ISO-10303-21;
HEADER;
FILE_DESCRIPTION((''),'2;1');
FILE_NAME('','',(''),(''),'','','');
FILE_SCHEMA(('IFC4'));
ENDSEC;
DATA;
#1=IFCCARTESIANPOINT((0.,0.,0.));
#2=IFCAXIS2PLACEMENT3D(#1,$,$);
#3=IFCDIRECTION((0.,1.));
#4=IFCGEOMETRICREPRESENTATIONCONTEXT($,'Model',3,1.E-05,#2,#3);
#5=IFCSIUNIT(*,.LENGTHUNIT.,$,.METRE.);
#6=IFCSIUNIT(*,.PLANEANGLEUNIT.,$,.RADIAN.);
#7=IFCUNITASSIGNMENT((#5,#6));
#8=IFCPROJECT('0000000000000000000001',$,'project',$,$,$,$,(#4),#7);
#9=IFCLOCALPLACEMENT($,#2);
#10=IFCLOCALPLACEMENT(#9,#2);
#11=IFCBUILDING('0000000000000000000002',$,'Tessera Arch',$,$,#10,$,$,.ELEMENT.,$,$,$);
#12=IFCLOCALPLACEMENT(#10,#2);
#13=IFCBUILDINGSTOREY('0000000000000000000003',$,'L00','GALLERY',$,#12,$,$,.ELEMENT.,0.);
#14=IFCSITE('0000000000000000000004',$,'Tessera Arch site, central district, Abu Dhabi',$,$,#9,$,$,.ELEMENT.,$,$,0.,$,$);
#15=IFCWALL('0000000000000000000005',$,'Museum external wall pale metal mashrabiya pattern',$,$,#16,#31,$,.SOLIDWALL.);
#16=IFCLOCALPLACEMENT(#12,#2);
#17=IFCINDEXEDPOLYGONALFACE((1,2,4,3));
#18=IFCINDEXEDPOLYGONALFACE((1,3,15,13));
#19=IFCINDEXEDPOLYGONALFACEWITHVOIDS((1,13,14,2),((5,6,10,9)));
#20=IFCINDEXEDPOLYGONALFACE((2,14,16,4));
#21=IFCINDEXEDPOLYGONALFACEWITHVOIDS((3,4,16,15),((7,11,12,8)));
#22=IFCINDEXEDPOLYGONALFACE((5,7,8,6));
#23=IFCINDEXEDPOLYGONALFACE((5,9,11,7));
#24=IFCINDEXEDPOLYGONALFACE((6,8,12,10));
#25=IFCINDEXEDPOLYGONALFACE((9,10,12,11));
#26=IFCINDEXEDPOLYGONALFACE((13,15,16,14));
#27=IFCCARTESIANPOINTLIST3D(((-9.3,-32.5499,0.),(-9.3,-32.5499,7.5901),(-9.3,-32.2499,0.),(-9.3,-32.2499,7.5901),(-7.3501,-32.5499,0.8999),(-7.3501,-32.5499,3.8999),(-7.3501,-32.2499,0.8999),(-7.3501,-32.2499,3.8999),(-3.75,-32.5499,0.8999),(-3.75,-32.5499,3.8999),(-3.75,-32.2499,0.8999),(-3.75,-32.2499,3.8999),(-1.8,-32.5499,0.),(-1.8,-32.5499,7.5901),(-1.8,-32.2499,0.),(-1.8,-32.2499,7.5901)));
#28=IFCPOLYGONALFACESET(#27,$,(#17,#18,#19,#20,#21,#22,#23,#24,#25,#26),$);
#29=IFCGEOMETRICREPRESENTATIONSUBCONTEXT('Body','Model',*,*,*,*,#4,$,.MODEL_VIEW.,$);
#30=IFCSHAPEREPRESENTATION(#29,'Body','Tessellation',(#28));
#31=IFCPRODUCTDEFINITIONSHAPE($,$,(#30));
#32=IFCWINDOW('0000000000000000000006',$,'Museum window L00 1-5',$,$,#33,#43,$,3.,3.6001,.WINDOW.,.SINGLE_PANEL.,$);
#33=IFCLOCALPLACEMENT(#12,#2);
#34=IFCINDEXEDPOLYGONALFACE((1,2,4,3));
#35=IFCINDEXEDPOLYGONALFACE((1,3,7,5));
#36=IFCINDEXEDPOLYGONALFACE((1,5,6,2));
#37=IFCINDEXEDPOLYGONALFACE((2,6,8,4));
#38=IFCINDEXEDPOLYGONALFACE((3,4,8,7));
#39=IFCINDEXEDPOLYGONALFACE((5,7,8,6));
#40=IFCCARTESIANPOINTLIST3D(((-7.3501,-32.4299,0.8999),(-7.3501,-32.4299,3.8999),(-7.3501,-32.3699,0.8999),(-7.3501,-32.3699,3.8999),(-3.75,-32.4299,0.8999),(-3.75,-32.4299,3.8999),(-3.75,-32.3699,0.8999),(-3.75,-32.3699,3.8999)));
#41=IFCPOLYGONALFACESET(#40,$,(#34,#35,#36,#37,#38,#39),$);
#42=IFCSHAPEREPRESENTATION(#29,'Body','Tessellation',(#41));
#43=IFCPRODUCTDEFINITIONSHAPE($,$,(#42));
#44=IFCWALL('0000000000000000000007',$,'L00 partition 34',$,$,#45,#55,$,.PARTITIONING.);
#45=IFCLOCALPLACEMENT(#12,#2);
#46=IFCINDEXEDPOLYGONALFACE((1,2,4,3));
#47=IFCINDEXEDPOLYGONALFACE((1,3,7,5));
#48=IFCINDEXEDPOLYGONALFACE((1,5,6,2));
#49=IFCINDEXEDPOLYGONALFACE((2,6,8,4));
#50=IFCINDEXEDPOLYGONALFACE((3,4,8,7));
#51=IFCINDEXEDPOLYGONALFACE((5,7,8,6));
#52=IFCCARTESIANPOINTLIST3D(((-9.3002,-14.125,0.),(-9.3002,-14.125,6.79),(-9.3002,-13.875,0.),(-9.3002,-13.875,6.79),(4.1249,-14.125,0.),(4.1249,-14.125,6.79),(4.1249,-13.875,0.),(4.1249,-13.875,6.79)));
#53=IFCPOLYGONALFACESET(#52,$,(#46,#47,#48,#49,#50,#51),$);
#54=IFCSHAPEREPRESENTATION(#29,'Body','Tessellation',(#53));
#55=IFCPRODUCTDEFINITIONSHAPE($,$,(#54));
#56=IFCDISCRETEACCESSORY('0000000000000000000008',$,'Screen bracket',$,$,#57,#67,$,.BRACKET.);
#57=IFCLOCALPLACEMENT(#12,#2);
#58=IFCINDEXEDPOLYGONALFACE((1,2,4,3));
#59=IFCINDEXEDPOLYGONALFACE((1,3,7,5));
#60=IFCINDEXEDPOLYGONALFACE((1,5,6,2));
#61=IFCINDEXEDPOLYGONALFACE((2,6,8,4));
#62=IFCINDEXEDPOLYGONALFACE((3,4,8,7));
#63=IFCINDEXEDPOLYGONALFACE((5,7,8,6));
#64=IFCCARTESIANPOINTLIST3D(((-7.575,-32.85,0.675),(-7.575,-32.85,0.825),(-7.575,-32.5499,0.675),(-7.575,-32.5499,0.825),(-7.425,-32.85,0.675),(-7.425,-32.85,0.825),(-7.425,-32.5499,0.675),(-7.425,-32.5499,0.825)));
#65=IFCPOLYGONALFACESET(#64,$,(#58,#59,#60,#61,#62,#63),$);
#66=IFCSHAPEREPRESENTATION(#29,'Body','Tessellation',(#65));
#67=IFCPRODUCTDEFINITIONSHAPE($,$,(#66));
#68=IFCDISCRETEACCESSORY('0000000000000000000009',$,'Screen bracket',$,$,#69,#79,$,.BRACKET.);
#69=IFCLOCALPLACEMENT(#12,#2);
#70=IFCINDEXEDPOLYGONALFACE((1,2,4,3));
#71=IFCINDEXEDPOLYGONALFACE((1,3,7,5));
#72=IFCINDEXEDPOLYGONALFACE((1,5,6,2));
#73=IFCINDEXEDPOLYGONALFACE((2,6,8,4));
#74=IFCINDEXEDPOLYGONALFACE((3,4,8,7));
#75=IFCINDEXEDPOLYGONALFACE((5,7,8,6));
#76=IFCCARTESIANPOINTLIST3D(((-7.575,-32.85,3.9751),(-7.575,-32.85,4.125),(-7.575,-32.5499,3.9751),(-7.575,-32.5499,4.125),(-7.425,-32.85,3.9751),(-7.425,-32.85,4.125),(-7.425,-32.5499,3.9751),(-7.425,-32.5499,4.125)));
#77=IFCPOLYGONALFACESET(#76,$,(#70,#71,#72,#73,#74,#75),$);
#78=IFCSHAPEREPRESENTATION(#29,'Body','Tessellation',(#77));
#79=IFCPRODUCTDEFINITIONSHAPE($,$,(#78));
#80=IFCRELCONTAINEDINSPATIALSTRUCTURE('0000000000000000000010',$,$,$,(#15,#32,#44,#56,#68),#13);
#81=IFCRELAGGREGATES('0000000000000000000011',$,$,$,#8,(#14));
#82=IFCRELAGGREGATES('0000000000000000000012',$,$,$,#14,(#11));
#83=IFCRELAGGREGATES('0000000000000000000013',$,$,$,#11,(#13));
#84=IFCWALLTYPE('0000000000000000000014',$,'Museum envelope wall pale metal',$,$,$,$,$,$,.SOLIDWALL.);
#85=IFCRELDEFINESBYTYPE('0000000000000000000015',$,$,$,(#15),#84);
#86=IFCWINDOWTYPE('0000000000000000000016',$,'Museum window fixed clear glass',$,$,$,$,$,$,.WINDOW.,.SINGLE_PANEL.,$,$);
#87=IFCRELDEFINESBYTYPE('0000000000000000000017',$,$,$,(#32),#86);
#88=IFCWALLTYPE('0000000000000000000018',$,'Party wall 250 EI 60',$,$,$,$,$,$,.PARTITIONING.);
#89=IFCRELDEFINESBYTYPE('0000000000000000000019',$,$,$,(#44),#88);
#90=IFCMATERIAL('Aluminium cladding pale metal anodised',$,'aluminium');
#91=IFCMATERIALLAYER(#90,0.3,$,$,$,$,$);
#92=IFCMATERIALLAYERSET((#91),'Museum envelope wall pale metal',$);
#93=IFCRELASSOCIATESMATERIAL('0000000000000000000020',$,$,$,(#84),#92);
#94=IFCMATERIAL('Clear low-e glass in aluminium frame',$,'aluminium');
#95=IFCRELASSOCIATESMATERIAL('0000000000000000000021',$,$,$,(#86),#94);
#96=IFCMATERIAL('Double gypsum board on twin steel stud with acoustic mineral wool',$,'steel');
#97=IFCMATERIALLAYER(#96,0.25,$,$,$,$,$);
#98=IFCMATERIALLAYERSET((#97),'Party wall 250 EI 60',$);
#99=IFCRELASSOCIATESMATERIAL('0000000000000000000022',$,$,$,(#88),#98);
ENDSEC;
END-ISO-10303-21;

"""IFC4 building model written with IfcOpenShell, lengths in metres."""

from ifc_helpers import new_model, si_unit, direction, frame, frame_2d, origin, origin_2d, place, context, subcontext, project, spatial, rectangle, extrude, material, layer, layer_set, type_object, element, fill, save


model = new_model("IFC4")

# Units and contexts
model_context = context("Model", 3, precision=1e-05, world=origin(), true_north=direction((0.0, 1.0)))
body_context = subcontext(model_context, "Body", "Model", "MODEL_VIEW")
ifc_project = project(units=[si_unit("LENGTHUNIT", "METRE"), si_unit("PLANEANGLEUNIT", "RADIAN")], contexts=[model_context])

# Site, building, storey
site_placement = place(None, origin())
site = spatial("IfcSite", under=ifc_project, at=site_placement, Name="Tessera Arch site, central district, Abu Dhabi", CompositionType="ELEMENT", RefElevation=0.0)
building_placement = place(site_placement, origin())
building = spatial("IfcBuilding", under=site, at=building_placement, Name="Tessera Arch", CompositionType="ELEMENT")
storey_placement = place(building_placement, origin())
storey = spatial("IfcBuildingStorey", under=building, at=storey_placement, Name="L00", Description="GALLERY", CompositionType="ELEMENT", Elevation=0.0)

# Shared definitions
ifc_material_1 = material(Name="Aluminium cladding pale metal anodised", Category="aluminium")
ifc_layer_1 = layer(ifc_material_1, 0.3)
ifc_layer_set_1 = layer_set([ifc_layer_1], Name="Museum envelope wall pale metal")
wall_type_1 = type_object("IfcWallType", Name="Museum envelope wall pale metal", PredefinedType="SOLIDWALL", material=ifc_layer_set_1)

# Wall, opening, window
wall_1_placement = place(storey_placement, frame((-9.3, -32.3999, 0.0), z_axis=(0.0, 0.0, 1.0), x_axis=(1.0, 0.0, 0.0)))
wall_1 = element("IfcWall", 1, at=wall_1_placement, inside=storey, type_object=wall_type_1, Name="Museum external wall pale metal mashrabiya pattern", PredefinedType="SOLIDWALL", context=body_context, shape_type="SweptSolid", body=[
    extrude(rectangle(XDim=7.5, YDim=0.3, at=frame_2d((3.75, 0.0))), origin(), (0.0, 0.0, 1.0), 7.5901),
])
opening_1_placement = place(wall_1_placement, frame((1.95, 0.0, 0.8999)))
opening_1 = element("IfcOpeningElement", 2, at=opening_1_placement, cuts=wall_1, PredefinedType="OPENING", context=body_context, shape_type="SweptSolid", body=[
    extrude(rectangle(XDim=3.6001, YDim=3.0, at=frame_2d((1.8, 1.5))), frame((0.0, 0.1599, 0.0), z_axis=(0.0, -1.0, 0.0), x_axis=(1.0, 0.0, 0.0)), (0.0, 0.0, 1.0), 0.3201),
])
ifc_material_2 = material(Name="Clear low-e glass in aluminium frame", Category="aluminium")
window_type = type_object("IfcWindowType", Name="Museum window fixed clear glass", PartitioningType="SINGLE_PANEL", PredefinedType="WINDOW", material=ifc_material_2)
window_placement = place(opening_1_placement, origin())
window = element("IfcWindow", 3, at=window_placement, inside=storey, type_object=window_type, Name="Museum window L00 1-5", OverallHeight=3.0, OverallWidth=3.6001, PartitioningType="SINGLE_PANEL", PredefinedType="WINDOW", context=body_context, shape_type="SweptSolid", body=[
    extrude(rectangle(XDim=3.6001, YDim=3.0, at=frame_2d((1.8, 1.5))), frame((0.0, 0.03, 0.0), z_axis=(0.0, -1.0, 0.0), x_axis=(1.0, 0.0, 0.0)), (0.0, 0.0, 1.0), 0.0601),
])
fill(opening_1, window)

# Wall
ifc_material_3 = material(Name="Double gypsum board on twin steel stud with acoustic mineral wool", Category="steel")
ifc_layer_2 = layer(ifc_material_3, 0.25)
ifc_layer_set_2 = layer_set([ifc_layer_2], Name="Party wall 250 EI 60")
wall_type_2 = type_object("IfcWallType", Name="Party wall 250 EI 60", PredefinedType="PARTITIONING", material=ifc_layer_set_2)
wall_2_placement = place(storey_placement, frame((-9.3, -14.0, 0.0), z_axis=(0.0, 0.0, 1.0), x_axis=(1.0, 0.0, 0.0)))
element("IfcWall", 4, at=wall_2_placement, inside=storey, type_object=wall_type_2, Name="L00 partition 34", PredefinedType="PARTITIONING", context=body_context, shape_type="SweptSolid", body=[
    extrude(rectangle(XDim=13.425, YDim=0.25, at=frame_2d((6.7124, 0.0))), origin(), (0.0, 0.0, 1.0), 6.79),
])

# Discrete accessories
for number, where, z_axis, x_axis, name in (
    (5, (-7.5, -32.7, 0.675), (0.0, 0.0, 1.0), (0.0, -1.0, 0.0), "Screen bracket"),
    (6, (-7.5, -32.7, 3.9751), (0.0, 0.0, 1.0), (0.0, -1.0, 0.0), "Screen bracket"),
):
    element("IfcDiscreteAccessory", number, at=place(storey_placement, frame(where, z_axis=z_axis, x_axis=x_axis)), inside=storey, Name=name, PredefinedType="BRACKET", context=body_context, shape_type="SweptSolid", body=[
        extrude(rectangle(XDim=0.3, YDim=0.1499, at=origin_2d()), origin(), (0.0, 0.0, 1.0), 0.1499),
    ])

save(model, "model.ifc")
